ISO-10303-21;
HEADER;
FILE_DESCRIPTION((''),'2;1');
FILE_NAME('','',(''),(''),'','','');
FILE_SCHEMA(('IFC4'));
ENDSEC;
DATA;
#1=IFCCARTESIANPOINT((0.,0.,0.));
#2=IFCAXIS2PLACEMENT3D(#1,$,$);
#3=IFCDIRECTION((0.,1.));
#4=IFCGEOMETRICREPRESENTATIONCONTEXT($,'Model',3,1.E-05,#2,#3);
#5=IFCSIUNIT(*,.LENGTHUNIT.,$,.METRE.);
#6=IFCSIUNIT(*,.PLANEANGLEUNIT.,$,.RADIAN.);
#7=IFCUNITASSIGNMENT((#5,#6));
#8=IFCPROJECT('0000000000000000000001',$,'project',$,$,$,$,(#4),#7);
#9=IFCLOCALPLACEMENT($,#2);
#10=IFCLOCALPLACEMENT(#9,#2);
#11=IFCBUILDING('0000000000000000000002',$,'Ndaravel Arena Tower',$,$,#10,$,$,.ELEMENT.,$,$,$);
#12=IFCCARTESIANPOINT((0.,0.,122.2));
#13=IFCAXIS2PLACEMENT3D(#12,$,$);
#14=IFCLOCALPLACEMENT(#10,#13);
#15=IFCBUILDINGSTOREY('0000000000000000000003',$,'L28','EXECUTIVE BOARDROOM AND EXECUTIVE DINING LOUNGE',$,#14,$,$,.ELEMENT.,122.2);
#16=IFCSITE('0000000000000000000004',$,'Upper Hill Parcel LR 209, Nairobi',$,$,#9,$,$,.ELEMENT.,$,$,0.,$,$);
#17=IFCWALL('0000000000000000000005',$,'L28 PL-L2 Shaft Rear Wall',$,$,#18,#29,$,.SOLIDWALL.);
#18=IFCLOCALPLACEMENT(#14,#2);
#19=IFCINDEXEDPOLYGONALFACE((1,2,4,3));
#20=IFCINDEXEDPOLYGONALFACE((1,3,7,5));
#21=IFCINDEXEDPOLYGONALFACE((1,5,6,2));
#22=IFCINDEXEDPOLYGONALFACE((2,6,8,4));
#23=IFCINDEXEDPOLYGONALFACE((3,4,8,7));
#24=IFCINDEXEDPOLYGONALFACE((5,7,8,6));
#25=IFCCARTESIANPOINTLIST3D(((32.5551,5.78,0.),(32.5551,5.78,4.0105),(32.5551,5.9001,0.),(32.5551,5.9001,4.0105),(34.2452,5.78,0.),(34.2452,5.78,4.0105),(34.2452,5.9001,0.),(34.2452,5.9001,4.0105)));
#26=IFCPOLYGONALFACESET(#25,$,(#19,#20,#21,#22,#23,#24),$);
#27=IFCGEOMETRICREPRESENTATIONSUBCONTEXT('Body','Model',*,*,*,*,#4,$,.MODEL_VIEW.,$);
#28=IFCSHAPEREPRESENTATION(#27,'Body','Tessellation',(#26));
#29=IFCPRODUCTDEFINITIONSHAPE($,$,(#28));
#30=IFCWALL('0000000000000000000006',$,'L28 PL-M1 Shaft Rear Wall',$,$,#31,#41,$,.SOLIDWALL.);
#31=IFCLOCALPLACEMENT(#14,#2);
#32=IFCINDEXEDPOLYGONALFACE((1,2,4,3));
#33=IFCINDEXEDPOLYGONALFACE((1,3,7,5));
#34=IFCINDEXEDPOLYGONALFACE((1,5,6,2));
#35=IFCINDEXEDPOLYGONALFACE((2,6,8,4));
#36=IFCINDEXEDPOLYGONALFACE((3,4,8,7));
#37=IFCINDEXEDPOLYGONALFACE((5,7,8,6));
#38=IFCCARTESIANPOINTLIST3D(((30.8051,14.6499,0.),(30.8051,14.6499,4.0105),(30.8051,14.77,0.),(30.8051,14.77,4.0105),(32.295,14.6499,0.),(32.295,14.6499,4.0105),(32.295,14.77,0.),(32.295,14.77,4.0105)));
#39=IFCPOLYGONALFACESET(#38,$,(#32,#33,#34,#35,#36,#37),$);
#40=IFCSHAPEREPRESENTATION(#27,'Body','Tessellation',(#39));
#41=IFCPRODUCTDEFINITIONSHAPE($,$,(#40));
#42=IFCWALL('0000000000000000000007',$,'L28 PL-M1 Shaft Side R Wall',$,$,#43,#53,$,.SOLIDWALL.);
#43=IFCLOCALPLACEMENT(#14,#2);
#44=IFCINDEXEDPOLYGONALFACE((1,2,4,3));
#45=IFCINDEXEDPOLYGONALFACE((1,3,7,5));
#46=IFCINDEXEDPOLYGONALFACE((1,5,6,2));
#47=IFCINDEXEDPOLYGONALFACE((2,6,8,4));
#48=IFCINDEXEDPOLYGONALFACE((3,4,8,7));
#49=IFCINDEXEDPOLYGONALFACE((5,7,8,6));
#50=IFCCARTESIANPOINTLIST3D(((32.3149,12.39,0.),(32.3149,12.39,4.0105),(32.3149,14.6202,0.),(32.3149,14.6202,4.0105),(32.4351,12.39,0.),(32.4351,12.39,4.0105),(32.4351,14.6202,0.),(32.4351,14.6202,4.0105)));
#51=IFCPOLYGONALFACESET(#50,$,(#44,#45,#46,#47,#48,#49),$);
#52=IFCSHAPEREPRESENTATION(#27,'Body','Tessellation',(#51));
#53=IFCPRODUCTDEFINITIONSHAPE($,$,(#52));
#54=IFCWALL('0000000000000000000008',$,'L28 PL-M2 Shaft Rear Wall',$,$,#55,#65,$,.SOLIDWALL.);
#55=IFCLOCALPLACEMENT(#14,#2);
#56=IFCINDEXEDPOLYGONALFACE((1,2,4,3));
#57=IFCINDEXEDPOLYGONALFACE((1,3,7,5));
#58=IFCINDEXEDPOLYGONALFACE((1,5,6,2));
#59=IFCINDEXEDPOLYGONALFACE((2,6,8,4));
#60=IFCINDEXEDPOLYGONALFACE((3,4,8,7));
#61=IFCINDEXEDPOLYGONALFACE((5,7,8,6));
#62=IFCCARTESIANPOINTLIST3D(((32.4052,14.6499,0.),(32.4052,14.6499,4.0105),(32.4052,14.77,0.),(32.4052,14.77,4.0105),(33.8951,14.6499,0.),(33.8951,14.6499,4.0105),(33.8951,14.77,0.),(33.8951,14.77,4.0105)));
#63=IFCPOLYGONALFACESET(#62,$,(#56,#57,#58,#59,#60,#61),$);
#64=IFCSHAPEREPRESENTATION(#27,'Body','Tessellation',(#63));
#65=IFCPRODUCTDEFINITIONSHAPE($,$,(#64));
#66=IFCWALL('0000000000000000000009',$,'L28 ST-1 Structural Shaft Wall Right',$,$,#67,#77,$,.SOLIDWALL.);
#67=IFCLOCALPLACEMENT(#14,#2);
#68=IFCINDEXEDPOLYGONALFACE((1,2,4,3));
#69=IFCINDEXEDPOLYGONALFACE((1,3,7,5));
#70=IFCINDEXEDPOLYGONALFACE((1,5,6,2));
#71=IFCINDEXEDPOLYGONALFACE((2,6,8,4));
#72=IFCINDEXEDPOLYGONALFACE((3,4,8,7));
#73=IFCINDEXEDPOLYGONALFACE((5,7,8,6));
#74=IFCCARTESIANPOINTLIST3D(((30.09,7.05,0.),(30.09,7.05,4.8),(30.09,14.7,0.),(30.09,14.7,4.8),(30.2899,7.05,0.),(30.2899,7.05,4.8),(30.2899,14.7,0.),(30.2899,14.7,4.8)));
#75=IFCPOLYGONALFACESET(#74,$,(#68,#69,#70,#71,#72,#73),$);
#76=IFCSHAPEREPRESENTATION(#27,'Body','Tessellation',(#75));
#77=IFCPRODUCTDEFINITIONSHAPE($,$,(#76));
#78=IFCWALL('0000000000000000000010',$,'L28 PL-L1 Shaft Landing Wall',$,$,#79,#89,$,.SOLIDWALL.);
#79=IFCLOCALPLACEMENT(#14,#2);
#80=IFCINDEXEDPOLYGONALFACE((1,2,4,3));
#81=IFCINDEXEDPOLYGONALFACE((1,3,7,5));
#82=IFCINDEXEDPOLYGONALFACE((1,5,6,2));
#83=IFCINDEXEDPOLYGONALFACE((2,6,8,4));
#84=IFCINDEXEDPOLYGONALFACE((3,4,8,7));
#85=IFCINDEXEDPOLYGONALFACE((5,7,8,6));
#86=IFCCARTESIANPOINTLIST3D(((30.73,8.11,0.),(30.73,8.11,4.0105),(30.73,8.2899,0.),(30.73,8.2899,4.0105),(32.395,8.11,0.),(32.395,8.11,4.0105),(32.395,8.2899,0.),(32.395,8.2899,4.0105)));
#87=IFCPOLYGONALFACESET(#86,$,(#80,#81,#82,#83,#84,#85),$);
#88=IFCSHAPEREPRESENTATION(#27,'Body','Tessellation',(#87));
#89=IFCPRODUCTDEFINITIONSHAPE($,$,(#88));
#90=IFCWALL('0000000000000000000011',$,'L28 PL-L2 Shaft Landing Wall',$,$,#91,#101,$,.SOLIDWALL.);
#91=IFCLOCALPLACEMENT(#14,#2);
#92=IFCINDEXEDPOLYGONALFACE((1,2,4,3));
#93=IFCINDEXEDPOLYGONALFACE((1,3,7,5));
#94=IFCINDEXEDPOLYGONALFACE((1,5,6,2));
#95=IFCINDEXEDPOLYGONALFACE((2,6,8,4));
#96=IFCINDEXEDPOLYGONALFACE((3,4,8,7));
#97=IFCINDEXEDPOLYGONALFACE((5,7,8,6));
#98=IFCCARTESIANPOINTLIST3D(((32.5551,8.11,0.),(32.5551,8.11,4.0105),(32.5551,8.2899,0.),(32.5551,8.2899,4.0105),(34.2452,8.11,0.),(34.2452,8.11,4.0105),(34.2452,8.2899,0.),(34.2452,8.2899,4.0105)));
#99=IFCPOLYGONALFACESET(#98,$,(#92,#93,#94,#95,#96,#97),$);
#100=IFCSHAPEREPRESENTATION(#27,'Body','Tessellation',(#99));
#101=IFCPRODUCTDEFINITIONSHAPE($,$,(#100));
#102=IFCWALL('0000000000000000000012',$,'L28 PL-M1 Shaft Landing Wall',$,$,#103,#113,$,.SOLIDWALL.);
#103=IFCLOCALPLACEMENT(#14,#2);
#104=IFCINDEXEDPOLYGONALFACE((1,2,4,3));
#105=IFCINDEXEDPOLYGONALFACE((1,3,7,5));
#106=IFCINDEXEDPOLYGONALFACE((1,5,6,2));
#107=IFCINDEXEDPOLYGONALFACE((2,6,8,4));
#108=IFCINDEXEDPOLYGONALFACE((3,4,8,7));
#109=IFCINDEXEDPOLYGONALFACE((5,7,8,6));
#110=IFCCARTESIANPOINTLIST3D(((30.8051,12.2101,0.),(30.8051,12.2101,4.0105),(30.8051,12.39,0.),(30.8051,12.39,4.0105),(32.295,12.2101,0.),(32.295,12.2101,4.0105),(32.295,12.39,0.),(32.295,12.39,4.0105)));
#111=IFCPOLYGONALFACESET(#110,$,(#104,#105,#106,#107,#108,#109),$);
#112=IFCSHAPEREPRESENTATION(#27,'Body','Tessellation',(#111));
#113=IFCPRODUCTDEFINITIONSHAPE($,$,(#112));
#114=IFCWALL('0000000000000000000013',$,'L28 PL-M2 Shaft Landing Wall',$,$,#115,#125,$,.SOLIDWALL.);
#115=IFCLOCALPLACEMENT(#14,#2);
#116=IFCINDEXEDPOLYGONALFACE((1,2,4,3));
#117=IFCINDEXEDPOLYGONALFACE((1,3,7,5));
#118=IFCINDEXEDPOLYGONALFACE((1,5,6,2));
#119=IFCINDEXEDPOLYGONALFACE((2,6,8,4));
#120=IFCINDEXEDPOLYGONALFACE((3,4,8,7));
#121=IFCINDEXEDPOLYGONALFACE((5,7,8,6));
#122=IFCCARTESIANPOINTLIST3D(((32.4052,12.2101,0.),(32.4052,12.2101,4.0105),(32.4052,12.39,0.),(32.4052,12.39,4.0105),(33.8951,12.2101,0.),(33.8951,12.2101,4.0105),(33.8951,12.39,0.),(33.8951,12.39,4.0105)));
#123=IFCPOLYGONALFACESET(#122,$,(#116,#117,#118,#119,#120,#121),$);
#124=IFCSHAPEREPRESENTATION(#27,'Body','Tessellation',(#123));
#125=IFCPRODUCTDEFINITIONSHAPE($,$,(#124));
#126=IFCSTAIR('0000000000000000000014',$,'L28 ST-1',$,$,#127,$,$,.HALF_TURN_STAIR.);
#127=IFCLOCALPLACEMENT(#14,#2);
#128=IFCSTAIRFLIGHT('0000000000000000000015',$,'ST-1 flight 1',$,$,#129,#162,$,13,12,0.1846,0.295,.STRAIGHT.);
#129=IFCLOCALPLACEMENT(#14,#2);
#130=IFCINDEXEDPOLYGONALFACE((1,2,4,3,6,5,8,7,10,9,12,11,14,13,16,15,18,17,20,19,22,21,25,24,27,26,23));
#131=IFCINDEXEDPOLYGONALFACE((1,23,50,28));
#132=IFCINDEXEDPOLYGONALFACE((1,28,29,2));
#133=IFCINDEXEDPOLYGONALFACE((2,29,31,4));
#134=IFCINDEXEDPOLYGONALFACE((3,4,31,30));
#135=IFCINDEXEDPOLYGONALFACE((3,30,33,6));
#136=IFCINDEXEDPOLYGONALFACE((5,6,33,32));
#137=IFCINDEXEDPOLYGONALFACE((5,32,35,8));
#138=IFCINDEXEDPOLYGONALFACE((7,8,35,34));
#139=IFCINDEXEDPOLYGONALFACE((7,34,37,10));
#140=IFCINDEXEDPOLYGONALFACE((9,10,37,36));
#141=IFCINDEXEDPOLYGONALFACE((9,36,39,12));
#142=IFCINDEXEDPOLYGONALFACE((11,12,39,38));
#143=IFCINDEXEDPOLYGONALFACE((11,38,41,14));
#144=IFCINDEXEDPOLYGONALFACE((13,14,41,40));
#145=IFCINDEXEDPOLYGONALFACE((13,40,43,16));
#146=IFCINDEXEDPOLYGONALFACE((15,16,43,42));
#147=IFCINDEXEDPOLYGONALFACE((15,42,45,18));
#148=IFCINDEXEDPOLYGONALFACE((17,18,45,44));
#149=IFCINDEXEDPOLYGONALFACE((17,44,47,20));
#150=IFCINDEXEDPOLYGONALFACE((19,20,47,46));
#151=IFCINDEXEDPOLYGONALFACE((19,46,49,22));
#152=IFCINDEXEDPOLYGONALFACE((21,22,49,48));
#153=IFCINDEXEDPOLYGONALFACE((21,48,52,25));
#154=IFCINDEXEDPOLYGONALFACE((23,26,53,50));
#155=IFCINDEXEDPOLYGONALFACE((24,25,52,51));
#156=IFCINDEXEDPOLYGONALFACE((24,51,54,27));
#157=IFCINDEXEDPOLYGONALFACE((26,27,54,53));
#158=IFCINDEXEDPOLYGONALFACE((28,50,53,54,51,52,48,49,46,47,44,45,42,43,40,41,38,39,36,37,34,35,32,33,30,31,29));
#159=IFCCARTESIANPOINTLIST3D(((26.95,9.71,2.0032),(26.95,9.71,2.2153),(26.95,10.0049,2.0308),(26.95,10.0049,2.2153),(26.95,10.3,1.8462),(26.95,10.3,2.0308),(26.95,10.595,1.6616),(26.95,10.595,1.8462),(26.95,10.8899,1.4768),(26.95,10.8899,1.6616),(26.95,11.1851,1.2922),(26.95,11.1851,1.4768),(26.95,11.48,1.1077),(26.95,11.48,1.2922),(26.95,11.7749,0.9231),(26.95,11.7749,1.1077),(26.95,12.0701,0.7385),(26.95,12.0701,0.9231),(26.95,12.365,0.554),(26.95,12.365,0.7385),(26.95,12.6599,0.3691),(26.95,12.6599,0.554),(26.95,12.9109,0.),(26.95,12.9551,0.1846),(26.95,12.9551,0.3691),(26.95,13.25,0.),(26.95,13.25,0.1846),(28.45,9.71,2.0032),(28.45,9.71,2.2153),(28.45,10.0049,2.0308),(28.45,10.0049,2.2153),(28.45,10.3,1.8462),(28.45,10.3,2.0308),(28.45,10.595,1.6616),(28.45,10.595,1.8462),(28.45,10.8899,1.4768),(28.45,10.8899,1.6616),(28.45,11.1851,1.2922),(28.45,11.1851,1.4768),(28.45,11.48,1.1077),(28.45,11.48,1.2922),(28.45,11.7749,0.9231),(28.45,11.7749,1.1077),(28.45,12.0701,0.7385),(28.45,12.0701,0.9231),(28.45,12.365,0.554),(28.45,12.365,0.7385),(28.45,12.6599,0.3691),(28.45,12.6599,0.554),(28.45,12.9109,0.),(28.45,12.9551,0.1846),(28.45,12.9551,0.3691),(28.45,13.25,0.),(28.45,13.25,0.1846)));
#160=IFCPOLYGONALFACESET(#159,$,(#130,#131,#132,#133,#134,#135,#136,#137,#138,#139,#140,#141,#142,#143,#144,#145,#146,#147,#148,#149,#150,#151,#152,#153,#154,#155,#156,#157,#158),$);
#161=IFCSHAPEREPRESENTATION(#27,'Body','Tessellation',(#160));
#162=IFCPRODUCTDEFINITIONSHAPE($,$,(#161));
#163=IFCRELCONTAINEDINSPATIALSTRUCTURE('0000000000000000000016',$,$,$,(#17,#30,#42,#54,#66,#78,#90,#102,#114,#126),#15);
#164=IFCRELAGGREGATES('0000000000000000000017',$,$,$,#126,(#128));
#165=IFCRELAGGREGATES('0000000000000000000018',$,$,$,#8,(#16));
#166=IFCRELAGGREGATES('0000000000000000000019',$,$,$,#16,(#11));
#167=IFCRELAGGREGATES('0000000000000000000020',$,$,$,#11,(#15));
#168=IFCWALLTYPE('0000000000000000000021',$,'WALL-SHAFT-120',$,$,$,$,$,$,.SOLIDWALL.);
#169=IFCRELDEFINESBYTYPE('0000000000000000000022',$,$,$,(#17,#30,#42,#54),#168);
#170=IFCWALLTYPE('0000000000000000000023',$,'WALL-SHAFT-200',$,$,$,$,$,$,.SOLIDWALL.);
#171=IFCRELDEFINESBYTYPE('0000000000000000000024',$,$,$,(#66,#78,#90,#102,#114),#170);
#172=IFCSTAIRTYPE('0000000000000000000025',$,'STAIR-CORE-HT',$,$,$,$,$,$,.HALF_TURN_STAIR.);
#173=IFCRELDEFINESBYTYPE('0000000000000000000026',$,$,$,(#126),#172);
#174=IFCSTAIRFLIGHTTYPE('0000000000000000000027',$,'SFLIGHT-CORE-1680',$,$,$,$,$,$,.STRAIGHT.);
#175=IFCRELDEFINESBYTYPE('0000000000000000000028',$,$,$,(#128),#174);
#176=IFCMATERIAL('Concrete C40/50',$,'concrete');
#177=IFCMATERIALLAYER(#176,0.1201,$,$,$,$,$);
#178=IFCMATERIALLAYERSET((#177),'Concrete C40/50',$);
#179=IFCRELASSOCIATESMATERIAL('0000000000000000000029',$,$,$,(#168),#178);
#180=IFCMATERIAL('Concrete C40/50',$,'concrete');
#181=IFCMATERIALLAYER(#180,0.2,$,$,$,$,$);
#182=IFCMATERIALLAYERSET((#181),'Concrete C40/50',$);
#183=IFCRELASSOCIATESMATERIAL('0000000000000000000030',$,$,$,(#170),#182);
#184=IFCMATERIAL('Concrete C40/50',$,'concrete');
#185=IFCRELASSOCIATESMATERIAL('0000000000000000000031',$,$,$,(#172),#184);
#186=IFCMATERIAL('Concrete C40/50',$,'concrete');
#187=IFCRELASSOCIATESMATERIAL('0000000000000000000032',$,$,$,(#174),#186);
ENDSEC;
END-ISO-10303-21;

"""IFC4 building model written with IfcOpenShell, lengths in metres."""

from ifc_helpers import new_model, si_unit, direction, frame, frame_2d, origin, place, context, subcontext, project, spatial, polyline, rectangle, outline, extrude, material, layer, layer_set, type_object, element, aggregate, save


model = new_model("IFC4")

# Units and contexts
model_context = context("Model", 3, precision=1e-05, world=origin(), true_north=direction((0.0, 1.0)))
body_context = subcontext(model_context, "Body", "Model", "MODEL_VIEW")
ifc_project = project(units=[si_unit("LENGTHUNIT", "METRE"), si_unit("PLANEANGLEUNIT", "RADIAN")], contexts=[model_context])

# Site, building, storey
site_placement = place(None, origin())
site = spatial("IfcSite", under=ifc_project, at=site_placement, Name="Upper Hill Parcel LR 209, Nairobi", CompositionType="ELEMENT", RefElevation=0.0)
building_placement = place(site_placement, origin())
building = spatial("IfcBuilding", under=site, at=building_placement, Name="Ndaravel Arena Tower", CompositionType="ELEMENT")
storey_placement = place(building_placement, frame((0.0, 0.0, 122.2)))
storey = spatial("IfcBuildingStorey", under=building, at=storey_placement, Name="L28", Description="EXECUTIVE BOARDROOM AND EXECUTIVE DINING LOUNGE", CompositionType="ELEMENT", Elevation=122.2)

# Walls
ifc_material_1 = material(Name="Concrete C40/50", Category="concrete")
ifc_layer_1 = layer(ifc_material_1, 0.1201)
ifc_layer_set_1 = layer_set([ifc_layer_1], Name="Concrete C40/50")
wall_type_1 = type_object("IfcWallType", Name="WALL-SHAFT-120", PredefinedType="SOLIDWALL", material=ifc_layer_set_1)
wall_1_placement = place(storey_placement, frame((32.5549, 5.8401, 0.0), z_axis=(0.0, 0.0, 1.0), x_axis=(1.0, 0.0, 0.0)))
element("IfcWall", 1, at=wall_1_placement, inside=storey, type_object=wall_type_1, Name="L28 PL-L2 Shaft Rear Wall", PredefinedType="SOLIDWALL", context=body_context, shape_type="SweptSolid", body=[
    extrude(rectangle(XDim=1.6902, YDim=0.1201, at=frame_2d((0.8452, 0.0))), origin(), (0.0, 0.0, 1.0), 4.0105),
])
wall_2_placement = place(storey_placement, frame((30.8049, 14.71, 0.0), z_axis=(0.0, 0.0, 1.0), x_axis=(1.0, 0.0, 0.0)))
element("IfcWall", 2, at=wall_2_placement, inside=storey, type_object=wall_type_1, Name="L28 PL-M1 Shaft Rear Wall", PredefinedType="SOLIDWALL", context=body_context, shape_type="SweptSolid", body=[
    extrude(rectangle(XDim=1.49, YDim=0.1201, at=frame_2d((0.7451, 0.0))), origin(), (0.0, 0.0, 1.0), 4.0105),
])
wall_3_placement = place(storey_placement, frame((32.375, 12.3899, 0.0), z_axis=(0.0, 0.0, 1.0), x_axis=(0.0, 1.0, 0.0)))
element("IfcWall", 3, at=wall_3_placement, inside=storey, type_object=wall_type_1, Name="L28 PL-M1 Shaft Side R Wall", PredefinedType="SOLIDWALL", context=body_context, shape_type="SweptSolid", body=[
    extrude(rectangle(XDim=2.2302, YDim=0.1201, at=frame_2d((1.1152, 0.0))), origin(), (0.0, 0.0, 1.0), 4.0105),
])
wall_4_placement = place(storey_placement, frame((32.405, 14.71, 0.0), z_axis=(0.0, 0.0, 1.0), x_axis=(1.0, 0.0, 0.0)))
element("IfcWall", 4, at=wall_4_placement, inside=storey, type_object=wall_type_1, Name="L28 PL-M2 Shaft Rear Wall", PredefinedType="SOLIDWALL", context=body_context, shape_type="SweptSolid", body=[
    extrude(rectangle(XDim=1.49, YDim=0.1201, at=frame_2d((0.7451, 0.0))), origin(), (0.0, 0.0, 1.0), 4.0105),
])
ifc_material_2 = material(Name="Concrete C40/50", Category="concrete")
ifc_layer_2 = layer(ifc_material_2, 0.2)
ifc_layer_set_2 = layer_set([ifc_layer_2], Name="Concrete C40/50")
wall_type_2 = type_object("IfcWallType", Name="WALL-SHAFT-200", PredefinedType="SOLIDWALL", material=ifc_layer_set_2)
wall_5_placement = place(storey_placement, frame((30.1899, 14.7, 0.0), z_axis=(0.0, 0.0, 1.0), x_axis=(0.0, -1.0, 0.0)))
element("IfcWall", 5, at=wall_5_placement, inside=storey, type_object=wall_type_2, Name="L28 ST-1 Structural Shaft Wall Right", PredefinedType="SOLIDWALL", context=body_context, shape_type="SweptSolid", body=[
    extrude(rectangle(XDim=7.6499, YDim=0.2, at=frame_2d((3.825, 0.0))), origin(), (0.0, 0.0, 1.0), 4.8),
])
wall_6_placement = place(storey_placement, frame((30.73, 8.2, 0.0), z_axis=(0.0, 0.0, 1.0), x_axis=(1.0, 0.0, 0.0)))
element("IfcWall", 6, at=wall_6_placement, inside=storey, type_object=wall_type_2, Name="L28 PL-L1 Shaft Landing Wall", PredefinedType="SOLIDWALL", context=body_context, shape_type="SweptSolid", body=[
    extrude(rectangle(XDim=1.665, YDim=0.1799, at=frame_2d((0.8325, 0.0))), origin(), (0.0, 0.0, 1.0), 4.0105),
])
wall_7_placement = place(storey_placement, frame((32.5549, 8.2, 0.0), z_axis=(0.0, 0.0, 1.0), x_axis=(1.0, 0.0, 0.0)))
element("IfcWall", 7, at=wall_7_placement, inside=storey, type_object=wall_type_2, Name="L28 PL-L2 Shaft Landing Wall", PredefinedType="SOLIDWALL", context=body_context, shape_type="SweptSolid", body=[
    extrude(rectangle(XDim=1.6902, YDim=0.1799, at=frame_2d((0.8452, 0.0))), origin(), (0.0, 0.0, 1.0), 4.0105),
])
for number, where, z_axis, x_axis, name in (
    (8, (30.8049, 12.3, 0.0), (0.0, 0.0, 1.0), (1.0, 0.0, 0.0), "L28 PL-M1 Shaft Landing Wall"),
    (9, (32.405, 12.3, 0.0), (0.0, 0.0, 1.0), (1.0, 0.0, 0.0), "L28 PL-M2 Shaft Landing Wall"),
):
    element("IfcWall", number, at=place(storey_placement, frame(where, z_axis=z_axis, x_axis=x_axis)), inside=storey, type_object=wall_type_2, Name=name, PredefinedType="SOLIDWALL", context=body_context, shape_type="SweptSolid", body=[
        extrude(rectangle(XDim=1.49, YDim=0.1799, at=frame_2d((0.7451, 0.0))), origin(), (0.0, 0.0, 1.0), 4.0105),
    ])

# Stair, stair flight
ifc_material_3 = material(Name="Concrete C40/50", Category="concrete")
stair_type = type_object("IfcStairType", Name="STAIR-CORE-HT", PredefinedType="HALF_TURN_STAIR", material=ifc_material_3)
stair_placement = place(storey_placement, origin())
stair = element("IfcStair", 10, at=stair_placement, inside=storey, type_object=stair_type, Name="L28 ST-1", PredefinedType="HALF_TURN_STAIR")
ifc_material_4 = material(Name="Concrete C40/50", Category="concrete")
stair_flight_type = type_object("IfcStairFlightType", Name="SFLIGHT-CORE-1680", PredefinedType="STRAIGHT", material=ifc_material_4)
stair_flight_1_placement = place(storey_placement, frame((27.7, 13.25, 0.0), z_axis=(0.0, 0.0, 1.0), x_axis=(0.0, -1.0, 0.0)))
stair_flight_1 = element("IfcStairFlight", 11, at=stair_flight_1_placement, type_object=stair_flight_type, Name="ST-1 flight 1", NumberOfRisers=13, NumberOfTreads=12, PredefinedType="STRAIGHT", RiserHeight=0.1846, TreadLength=0.295, context=body_context, shape_type="SweptSolid", body=[
    extrude(outline(polyline([(0.0, 0.0), (0.0, 0.1846), (0.2949, 0.1846), (0.2949, 0.3691), (0.5901, 0.3691), (0.5901, 0.554), (0.885, 0.554), (0.885, 0.7385), (1.1799, 0.7385), (1.1799, 0.9231), (1.4751, 0.9231), (1.4751, 1.1077), (1.77, 1.1077), (1.77, 1.2922), (2.0649, 1.2922), (2.0649, 1.4768), (2.3601, 1.4768), (2.3601, 1.6616), (2.655, 1.6616), (2.655, 1.8462), (2.95, 1.8462), (2.95, 2.0308), (3.2451, 2.0308), (3.2451, 2.2153), (3.54, 2.2153), (3.54, 2.3999), (3.54, 2.0032), (0.3391, 0.0), (0.0, 0.0)])), frame((0.0, 0.75, 0.0), z_axis=(0.0, -1.0, 0.0), x_axis=(1.0, 0.0, 0.0)), (0.0, 0.0, 1.0), 1.5),
])
aggregate(stair, [stair_flight_1])

save(model, "model.ifc")
